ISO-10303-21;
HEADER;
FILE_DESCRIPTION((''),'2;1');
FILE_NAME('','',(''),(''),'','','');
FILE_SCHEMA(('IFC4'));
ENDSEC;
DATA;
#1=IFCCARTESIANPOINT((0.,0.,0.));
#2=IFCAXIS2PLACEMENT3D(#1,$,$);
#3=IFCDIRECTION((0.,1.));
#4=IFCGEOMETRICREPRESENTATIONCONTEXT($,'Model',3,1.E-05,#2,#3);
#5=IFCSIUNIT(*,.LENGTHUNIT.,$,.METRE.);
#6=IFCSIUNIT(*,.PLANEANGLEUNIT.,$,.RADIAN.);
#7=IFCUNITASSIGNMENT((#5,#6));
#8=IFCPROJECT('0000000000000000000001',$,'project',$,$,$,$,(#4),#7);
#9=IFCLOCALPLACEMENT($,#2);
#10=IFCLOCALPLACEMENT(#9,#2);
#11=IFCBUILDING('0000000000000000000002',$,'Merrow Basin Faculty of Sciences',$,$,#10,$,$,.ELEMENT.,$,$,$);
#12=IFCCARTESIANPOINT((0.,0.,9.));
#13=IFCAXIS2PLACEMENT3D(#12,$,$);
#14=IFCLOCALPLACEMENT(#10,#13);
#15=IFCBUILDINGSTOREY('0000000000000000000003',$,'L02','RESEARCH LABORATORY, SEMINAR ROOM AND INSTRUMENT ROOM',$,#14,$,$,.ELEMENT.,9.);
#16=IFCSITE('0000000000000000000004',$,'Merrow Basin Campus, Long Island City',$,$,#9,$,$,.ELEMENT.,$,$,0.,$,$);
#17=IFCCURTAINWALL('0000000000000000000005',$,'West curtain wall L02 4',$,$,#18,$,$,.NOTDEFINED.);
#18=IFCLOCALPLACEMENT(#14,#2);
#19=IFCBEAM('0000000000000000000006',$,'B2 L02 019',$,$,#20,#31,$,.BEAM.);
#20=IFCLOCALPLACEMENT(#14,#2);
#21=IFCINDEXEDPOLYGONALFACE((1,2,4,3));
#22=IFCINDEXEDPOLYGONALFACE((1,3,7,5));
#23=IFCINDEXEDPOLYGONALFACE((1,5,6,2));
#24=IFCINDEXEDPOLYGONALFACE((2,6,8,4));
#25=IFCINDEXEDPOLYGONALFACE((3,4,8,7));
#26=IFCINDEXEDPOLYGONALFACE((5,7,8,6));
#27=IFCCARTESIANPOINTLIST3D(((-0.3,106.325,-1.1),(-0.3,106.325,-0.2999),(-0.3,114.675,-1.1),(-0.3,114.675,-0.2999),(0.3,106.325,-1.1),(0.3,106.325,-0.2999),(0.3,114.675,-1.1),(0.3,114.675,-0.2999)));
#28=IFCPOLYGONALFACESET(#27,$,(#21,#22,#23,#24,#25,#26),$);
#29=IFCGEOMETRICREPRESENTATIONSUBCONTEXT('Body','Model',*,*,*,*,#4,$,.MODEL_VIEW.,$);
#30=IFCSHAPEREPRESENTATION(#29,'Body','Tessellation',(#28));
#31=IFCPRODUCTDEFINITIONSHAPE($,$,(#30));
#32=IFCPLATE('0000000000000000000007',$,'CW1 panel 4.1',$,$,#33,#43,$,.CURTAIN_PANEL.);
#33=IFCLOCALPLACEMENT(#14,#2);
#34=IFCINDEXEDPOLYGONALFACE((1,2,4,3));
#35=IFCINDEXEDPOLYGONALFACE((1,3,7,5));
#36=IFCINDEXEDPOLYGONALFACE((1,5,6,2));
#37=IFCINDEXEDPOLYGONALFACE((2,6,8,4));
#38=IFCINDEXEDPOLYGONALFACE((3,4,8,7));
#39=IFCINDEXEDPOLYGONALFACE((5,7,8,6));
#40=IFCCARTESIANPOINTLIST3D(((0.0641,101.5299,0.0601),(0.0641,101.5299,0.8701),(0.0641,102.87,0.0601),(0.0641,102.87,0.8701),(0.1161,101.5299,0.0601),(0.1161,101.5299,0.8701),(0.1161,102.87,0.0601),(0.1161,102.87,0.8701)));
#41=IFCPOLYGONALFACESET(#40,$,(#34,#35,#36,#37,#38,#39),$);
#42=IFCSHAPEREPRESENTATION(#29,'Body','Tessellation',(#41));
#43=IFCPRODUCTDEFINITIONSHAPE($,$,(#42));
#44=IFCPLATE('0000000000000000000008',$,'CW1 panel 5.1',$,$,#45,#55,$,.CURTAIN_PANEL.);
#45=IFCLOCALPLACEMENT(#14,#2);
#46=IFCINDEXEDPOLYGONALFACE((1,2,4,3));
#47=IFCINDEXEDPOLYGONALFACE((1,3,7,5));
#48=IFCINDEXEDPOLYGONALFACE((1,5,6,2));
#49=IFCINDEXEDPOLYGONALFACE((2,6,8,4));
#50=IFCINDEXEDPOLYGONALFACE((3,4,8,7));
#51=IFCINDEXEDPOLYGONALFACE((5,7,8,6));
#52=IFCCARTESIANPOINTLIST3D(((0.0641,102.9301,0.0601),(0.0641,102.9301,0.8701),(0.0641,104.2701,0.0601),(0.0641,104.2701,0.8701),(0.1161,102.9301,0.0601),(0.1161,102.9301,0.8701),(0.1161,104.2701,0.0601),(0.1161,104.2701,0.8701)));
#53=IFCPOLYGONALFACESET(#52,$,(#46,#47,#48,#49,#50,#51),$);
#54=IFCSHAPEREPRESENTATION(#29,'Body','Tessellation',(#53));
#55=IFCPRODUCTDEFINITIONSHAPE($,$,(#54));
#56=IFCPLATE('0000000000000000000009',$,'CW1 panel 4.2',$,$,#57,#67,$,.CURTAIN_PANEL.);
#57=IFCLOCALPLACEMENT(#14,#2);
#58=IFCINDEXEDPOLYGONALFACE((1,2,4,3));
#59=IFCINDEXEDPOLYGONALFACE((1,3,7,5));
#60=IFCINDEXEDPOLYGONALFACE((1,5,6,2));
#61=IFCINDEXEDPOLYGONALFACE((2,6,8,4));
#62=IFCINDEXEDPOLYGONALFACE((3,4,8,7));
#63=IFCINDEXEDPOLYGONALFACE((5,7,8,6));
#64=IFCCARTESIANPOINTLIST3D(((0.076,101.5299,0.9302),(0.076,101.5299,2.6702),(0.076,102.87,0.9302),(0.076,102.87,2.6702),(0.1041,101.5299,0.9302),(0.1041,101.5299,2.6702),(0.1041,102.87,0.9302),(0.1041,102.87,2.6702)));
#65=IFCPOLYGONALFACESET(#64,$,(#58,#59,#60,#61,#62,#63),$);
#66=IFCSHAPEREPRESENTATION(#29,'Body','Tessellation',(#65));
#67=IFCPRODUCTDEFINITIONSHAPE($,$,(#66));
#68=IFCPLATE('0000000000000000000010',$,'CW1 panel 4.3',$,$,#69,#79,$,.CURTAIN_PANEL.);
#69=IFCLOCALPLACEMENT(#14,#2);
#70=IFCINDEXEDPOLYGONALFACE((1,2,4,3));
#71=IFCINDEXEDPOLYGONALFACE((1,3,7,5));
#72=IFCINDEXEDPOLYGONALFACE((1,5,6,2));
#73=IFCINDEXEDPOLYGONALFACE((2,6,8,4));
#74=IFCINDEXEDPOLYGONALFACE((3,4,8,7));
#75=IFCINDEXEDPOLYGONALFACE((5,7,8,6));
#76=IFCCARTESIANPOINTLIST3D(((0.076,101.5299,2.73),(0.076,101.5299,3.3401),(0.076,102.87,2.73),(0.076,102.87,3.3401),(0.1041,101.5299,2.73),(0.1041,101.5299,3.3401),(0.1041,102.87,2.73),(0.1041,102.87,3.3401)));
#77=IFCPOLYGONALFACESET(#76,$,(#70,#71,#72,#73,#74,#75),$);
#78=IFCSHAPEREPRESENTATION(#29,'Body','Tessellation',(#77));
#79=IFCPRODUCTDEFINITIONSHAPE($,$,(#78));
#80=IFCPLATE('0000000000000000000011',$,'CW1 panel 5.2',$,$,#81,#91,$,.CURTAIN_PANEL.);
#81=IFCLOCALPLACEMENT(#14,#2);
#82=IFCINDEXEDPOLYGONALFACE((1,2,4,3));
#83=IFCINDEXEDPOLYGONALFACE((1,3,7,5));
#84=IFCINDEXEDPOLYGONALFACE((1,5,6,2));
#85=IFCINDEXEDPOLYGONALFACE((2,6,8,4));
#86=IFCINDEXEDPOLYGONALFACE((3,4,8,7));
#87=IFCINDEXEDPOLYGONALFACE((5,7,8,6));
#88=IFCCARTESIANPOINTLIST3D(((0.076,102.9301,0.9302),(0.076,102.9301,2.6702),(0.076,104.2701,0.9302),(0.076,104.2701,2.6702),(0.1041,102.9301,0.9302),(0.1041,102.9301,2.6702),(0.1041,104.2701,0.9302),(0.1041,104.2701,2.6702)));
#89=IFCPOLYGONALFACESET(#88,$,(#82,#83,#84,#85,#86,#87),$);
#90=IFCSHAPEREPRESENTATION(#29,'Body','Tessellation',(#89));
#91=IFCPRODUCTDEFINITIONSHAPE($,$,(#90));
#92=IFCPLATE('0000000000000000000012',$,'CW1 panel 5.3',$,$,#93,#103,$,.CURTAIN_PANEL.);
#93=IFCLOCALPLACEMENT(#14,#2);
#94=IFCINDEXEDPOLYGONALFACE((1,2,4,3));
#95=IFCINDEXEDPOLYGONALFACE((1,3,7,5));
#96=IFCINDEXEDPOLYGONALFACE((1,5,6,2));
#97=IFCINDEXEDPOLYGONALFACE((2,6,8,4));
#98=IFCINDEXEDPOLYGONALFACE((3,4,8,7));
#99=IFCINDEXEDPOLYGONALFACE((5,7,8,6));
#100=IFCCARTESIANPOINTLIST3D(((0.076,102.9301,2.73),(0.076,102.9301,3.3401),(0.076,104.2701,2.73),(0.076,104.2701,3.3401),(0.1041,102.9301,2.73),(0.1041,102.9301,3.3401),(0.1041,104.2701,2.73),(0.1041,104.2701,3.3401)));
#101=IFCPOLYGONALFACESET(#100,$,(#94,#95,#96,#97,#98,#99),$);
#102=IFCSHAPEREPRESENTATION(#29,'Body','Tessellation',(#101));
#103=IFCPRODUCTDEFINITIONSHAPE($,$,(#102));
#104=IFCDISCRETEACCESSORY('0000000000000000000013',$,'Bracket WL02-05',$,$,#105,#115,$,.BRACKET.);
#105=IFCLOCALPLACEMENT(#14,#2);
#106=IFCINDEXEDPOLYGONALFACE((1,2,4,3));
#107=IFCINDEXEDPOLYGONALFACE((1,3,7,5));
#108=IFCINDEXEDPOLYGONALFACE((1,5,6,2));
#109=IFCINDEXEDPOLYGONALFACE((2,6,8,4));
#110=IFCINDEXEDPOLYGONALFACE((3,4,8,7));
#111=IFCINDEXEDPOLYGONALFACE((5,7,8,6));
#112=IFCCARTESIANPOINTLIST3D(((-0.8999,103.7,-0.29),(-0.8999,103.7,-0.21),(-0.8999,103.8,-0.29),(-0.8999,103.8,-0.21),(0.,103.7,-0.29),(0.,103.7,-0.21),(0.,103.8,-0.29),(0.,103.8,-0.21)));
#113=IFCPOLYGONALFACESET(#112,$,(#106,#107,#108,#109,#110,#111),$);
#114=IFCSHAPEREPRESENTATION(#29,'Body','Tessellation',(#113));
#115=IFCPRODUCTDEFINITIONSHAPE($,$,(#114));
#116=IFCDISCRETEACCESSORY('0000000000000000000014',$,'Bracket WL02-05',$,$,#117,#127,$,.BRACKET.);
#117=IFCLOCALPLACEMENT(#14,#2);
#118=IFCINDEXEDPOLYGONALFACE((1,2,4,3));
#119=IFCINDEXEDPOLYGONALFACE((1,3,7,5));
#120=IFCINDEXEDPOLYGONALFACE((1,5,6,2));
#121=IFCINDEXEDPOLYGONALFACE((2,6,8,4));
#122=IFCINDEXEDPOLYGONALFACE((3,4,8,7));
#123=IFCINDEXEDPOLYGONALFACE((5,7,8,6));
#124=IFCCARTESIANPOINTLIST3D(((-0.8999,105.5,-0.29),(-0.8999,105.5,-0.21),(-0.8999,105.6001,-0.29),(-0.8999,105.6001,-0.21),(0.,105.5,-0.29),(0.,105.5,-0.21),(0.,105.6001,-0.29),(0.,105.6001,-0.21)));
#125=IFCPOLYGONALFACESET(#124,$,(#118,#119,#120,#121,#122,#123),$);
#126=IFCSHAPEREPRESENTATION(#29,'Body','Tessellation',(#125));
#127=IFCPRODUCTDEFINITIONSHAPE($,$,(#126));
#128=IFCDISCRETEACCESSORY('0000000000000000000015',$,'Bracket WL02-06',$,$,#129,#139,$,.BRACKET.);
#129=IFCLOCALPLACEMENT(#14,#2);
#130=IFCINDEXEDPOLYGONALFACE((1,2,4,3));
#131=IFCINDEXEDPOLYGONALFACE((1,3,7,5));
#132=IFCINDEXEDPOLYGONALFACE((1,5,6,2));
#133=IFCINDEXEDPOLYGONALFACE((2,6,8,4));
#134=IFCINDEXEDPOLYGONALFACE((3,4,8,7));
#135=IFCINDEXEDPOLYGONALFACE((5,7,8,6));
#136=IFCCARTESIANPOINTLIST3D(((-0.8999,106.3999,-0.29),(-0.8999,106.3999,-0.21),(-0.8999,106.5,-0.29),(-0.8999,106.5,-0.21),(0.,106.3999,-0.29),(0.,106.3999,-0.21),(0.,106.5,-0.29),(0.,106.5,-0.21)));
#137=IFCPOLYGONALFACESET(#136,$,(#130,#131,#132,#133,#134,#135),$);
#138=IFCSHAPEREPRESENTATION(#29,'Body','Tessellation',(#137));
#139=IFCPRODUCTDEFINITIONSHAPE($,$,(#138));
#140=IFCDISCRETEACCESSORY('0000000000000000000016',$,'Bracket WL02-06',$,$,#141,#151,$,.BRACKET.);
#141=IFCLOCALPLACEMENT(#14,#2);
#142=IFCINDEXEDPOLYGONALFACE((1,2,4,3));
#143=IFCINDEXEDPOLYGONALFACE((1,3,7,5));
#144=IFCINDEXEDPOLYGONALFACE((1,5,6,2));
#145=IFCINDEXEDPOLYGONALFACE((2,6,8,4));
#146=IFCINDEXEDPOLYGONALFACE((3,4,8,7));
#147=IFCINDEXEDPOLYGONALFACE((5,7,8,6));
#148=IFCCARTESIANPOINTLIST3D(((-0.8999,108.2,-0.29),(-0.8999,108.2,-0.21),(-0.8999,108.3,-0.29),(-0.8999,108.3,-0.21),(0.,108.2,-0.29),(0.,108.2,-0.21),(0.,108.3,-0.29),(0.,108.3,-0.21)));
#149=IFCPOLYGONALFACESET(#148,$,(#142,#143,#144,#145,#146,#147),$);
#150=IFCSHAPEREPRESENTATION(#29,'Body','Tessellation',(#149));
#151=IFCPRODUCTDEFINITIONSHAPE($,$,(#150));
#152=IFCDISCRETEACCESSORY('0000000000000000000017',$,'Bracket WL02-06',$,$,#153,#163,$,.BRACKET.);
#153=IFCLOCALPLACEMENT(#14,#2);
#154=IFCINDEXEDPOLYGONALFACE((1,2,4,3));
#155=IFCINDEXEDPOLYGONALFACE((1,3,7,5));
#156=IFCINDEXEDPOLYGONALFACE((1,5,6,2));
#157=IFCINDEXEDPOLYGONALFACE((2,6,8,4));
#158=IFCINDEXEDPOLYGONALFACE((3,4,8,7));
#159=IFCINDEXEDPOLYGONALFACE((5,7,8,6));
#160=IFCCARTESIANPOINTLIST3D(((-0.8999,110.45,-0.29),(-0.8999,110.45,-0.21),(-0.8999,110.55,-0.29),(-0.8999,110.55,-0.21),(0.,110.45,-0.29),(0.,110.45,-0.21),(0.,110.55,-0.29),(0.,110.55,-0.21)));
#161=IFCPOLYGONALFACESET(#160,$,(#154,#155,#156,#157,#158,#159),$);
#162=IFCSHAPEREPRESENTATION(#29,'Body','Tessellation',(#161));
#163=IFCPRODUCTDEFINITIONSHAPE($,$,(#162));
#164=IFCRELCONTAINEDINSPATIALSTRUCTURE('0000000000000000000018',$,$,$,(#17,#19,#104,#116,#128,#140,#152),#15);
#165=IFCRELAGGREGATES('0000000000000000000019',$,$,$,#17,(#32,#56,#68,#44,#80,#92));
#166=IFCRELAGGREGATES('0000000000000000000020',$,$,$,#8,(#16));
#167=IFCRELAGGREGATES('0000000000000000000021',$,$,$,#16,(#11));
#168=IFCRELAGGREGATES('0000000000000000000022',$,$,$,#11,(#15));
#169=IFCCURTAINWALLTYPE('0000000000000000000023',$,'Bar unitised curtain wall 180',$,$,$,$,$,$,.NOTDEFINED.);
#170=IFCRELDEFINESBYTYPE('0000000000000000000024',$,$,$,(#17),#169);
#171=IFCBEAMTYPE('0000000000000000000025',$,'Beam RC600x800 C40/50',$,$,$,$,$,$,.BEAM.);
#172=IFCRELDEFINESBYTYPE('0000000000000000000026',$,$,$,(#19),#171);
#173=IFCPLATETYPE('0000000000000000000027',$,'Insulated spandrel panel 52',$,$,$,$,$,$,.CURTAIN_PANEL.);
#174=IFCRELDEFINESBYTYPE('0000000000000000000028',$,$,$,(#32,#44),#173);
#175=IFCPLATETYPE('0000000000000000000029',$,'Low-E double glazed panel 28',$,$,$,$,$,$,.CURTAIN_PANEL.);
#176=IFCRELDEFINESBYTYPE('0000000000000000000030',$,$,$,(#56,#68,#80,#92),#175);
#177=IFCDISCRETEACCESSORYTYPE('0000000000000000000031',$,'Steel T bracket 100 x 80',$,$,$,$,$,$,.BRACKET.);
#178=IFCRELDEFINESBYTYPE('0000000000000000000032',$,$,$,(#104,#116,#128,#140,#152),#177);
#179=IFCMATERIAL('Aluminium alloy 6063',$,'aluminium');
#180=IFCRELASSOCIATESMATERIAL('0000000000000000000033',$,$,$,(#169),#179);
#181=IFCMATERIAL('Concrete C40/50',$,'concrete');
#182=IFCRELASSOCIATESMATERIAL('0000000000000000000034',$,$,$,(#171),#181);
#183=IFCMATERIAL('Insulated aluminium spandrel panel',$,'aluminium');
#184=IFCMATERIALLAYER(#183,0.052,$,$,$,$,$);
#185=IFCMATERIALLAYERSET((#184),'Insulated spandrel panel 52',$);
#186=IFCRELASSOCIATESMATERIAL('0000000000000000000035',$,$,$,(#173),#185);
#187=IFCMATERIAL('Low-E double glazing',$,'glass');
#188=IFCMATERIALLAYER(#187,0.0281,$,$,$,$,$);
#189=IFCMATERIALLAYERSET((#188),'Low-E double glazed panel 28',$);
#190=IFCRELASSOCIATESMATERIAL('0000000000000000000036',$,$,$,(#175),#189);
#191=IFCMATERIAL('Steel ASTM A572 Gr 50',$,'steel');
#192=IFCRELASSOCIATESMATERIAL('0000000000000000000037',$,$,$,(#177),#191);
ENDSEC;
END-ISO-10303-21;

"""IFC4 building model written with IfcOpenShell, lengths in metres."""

from ifc_helpers import new_model, si_unit, direction, frame, origin, origin_2d, place, context, subcontext, project, spatial, polyline, rectangle, outline, extrude, source, transform, mapped, material, layer, layer_set, material_profile, profile_set, type_object, element, aggregate, save


model = new_model("IFC4")

# Units and contexts
model_context = context("Model", 3, precision=1e-05, world=origin(), true_north=direction((0.0, 1.0)))
body_context = subcontext(model_context, "Body", "Model", "MODEL_VIEW")
ifc_project = project(units=[si_unit("LENGTHUNIT", "METRE"), si_unit("PLANEANGLEUNIT", "RADIAN")], contexts=[model_context])

# Site, building, storey
site_placement = place(None, origin())
site = spatial("IfcSite", under=ifc_project, at=site_placement, Name="Merrow Basin Campus, Long Island City", CompositionType="ELEMENT", RefElevation=0.0)
building_placement = place(site_placement, origin())
building = spatial("IfcBuilding", under=site, at=building_placement, Name="Merrow Basin Faculty of Sciences", CompositionType="ELEMENT")
storey_placement = place(building_placement, frame((0.0, 0.0, 9.0)))
storey = spatial("IfcBuildingStorey", under=building, at=storey_placement, Name="L02", Description="RESEARCH LABORATORY, SEMINAR ROOM AND INSTRUMENT ROOM", CompositionType="ELEMENT", Elevation=9.0)

# Curtain wall
ifc_material_1 = material(Name="Aluminium alloy 6063", Category="aluminium")
curtain_wall_type = type_object("IfcCurtainWallType", Name="Bar unitised curtain wall 180", PredefinedType="NOTDEFINED", material=ifc_material_1)
curtain_wall_placement = place(storey_placement, origin())
curtain_wall = element("IfcCurtainWall", 1, at=curtain_wall_placement, inside=storey, type_object=curtain_wall_type, Name="West curtain wall L02 4", PredefinedType="NOTDEFINED")

# Beam
ifc_material_2 = material(Name="Concrete C40/50", Category="concrete")
ifc_material_profile_1 = material_profile(ifc_material_2, rectangle(XDim=0.6001, YDim=0.8, at=origin_2d()))
ifc_profile_set_1 = profile_set([ifc_material_profile_1], Name="Concrete C40/50")
beam_type = type_object("IfcBeamType", Name="Beam RC600x800 C40/50", PredefinedType="BEAM", material=ifc_profile_set_1)
beam_placement = place(storey_placement, frame((0.0, 106.325, -0.7), z_axis=(0.0, 1.0, 0.0), x_axis=(-1.0, 0.0, 0.0)))
element("IfcBeam", 2, at=beam_placement, inside=storey, type_object=beam_type, Name="B2 L02 019", PredefinedType="BEAM", context=body_context, shape_type="SweptSolid", body=[
    extrude(rectangle(XDim=0.6001, YDim=0.8, at=origin_2d()), origin(), (0.0, 0.0, 1.0), 8.3501),
])

# Plates
ifc_material_3 = material(Name="Insulated aluminium spandrel panel", Category="aluminium")
ifc_layer_1 = layer(ifc_material_3, 0.052)
ifc_layer_set_1 = layer_set([ifc_layer_1], Name="Insulated spandrel panel 52")
plate_type_1 = type_object("IfcPlateType", Name="Insulated spandrel panel 52", PredefinedType="CURTAIN_PANEL", material=ifc_layer_set_1)
plate_1_placement = place(storey_placement, frame((0.0901, 102.2, 0.0601), z_axis=(0.0, 0.0, 1.0), x_axis=(0.0, 1.0, 0.0)))
plate_1 = element("IfcPlate", 3, at=plate_1_placement, type_object=plate_type_1, Name="CW1 panel 4.1", PredefinedType="CURTAIN_PANEL", context=body_context, shape_type="SweptSolid", body=[
    extrude(rectangle(XDim=1.3401, YDim=0.052, at=origin_2d()), origin(), (0.0, 0.0, 1.0), 0.8101),
])
plate_2_placement = place(storey_placement, frame((0.0901, 103.6001, 0.0601), z_axis=(0.0, 0.0, 1.0), x_axis=(0.0, 1.0, 0.0)))
plate_2 = element("IfcPlate", 4, at=plate_2_placement, type_object=plate_type_1, Name="CW1 panel 5.1", PredefinedType="CURTAIN_PANEL", context=body_context, shape_type="SweptSolid", body=[
    extrude(rectangle(XDim=1.3401, YDim=0.052, at=origin_2d()), origin(), (0.0, 0.0, 1.0), 0.8101),
])
ifc_material_4 = material(Name="Low-E double glazing", Category="glass")
ifc_layer_2 = layer(ifc_material_4, 0.0281)
ifc_layer_set_2 = layer_set([ifc_layer_2], Name="Low-E double glazed panel 28")
plate_type_2 = type_object("IfcPlateType", Name="Low-E double glazed panel 28", PredefinedType="CURTAIN_PANEL", material=ifc_layer_set_2)
plate_3_placement = place(storey_placement, frame((0.0901, 102.2, 0.9302), z_axis=(0.0, 0.0, 1.0), x_axis=(0.0, 1.0, 0.0)))
plate_3 = element("IfcPlate", 5, at=plate_3_placement, type_object=plate_type_2, Name="CW1 panel 4.2", PredefinedType="CURTAIN_PANEL", context=body_context, shape_type="SweptSolid", body=[
    extrude(rectangle(XDim=1.3401, YDim=0.0281, at=origin_2d()), origin(), (0.0, 0.0, 1.0), 1.74),
])
plate_4_placement = place(storey_placement, frame((0.0901, 102.2, 2.73), z_axis=(0.0, 0.0, 1.0), x_axis=(0.0, 1.0, 0.0)))
plate_4 = element("IfcPlate", 6, at=plate_4_placement, type_object=plate_type_2, Name="CW1 panel 4.3", PredefinedType="CURTAIN_PANEL", context=body_context, shape_type="SweptSolid", body=[
    extrude(rectangle(XDim=1.3401, YDim=0.0281, at=origin_2d()), origin(), (0.0, 0.0, 1.0), 0.6101),
])
plate_5_placement = place(storey_placement, frame((0.0901, 103.6001, 0.9302), z_axis=(0.0, 0.0, 1.0), x_axis=(0.0, 1.0, 0.0)))
plate_5 = element("IfcPlate", 7, at=plate_5_placement, type_object=plate_type_2, Name="CW1 panel 5.2", PredefinedType="CURTAIN_PANEL", context=body_context, shape_type="SweptSolid", body=[
    extrude(rectangle(XDim=1.3401, YDim=0.0281, at=origin_2d()), origin(), (0.0, 0.0, 1.0), 1.74),
])
plate_6_placement = place(storey_placement, frame((0.0901, 103.6001, 2.73), z_axis=(0.0, 0.0, 1.0), x_axis=(0.0, 1.0, 0.0)))
plate_6 = element("IfcPlate", 8, at=plate_6_placement, type_object=plate_type_2, Name="CW1 panel 5.3", PredefinedType="CURTAIN_PANEL", context=body_context, shape_type="SweptSolid", body=[
    extrude(rectangle(XDim=1.3401, YDim=0.0281, at=origin_2d()), origin(), (0.0, 0.0, 1.0), 0.6101),
])
aggregate(curtain_wall, [plate_1, plate_3, plate_4, plate_2, plate_5, plate_6])

# Discrete accessories
ifc_material_5 = material(Name="Steel ASTM A572 Gr 50", Category="steel")
discrete_accessory_type = type_object("IfcDiscreteAccessoryType", Name="Steel T bracket 100 x 80", PredefinedType="BRACKET", material=ifc_material_5)
shared_shape_1 = source(origin(), body_context, "Body", "SweptSolid", [
    extrude(outline(polyline([(0.0, 0.0), (0.1001, 0.0), (0.1001, 0.0801), (0.0, 0.0801), (0.0, 0.0)])), origin(), (0.0, 0.0, 1.0), 0.8999),
])
for number, where, z_axis, x_axis, name in (
    (9, (-0.8999, 103.7, -0.29), (1.0, 0.0, 0.0), (0.0, 1.0, 0.0), "Bracket WL02-05"),
    (10, (-0.8999, 105.5, -0.29), (1.0, 0.0, 0.0), (0.0, 1.0, 0.0), "Bracket WL02-05"),
    (11, (-0.8999, 106.3999, -0.29), (1.0, 0.0, 0.0), (0.0, 1.0, 0.0), "Bracket WL02-06"),
    (12, (-0.8999, 108.2, -0.29), (1.0, 0.0, 0.0), (0.0, 1.0, 0.0), "Bracket WL02-06"),
    (13, (-0.8999, 110.45, -0.29), (1.0, 0.0, 0.0), (0.0, 1.0, 0.0), "Bracket WL02-06"),
):
    element("IfcDiscreteAccessory", number, at=place(storey_placement, frame(where, z_axis=z_axis, x_axis=x_axis)), inside=storey, type_object=discrete_accessory_type, Name=name, PredefinedType="BRACKET", context=body_context, shape_type="MappedRepresentation", body=[
        mapped(shared_shape_1, transform((0.0, 0.0, 0.0), scale=1.0)),
    ])

save(model, "model.ifc")
